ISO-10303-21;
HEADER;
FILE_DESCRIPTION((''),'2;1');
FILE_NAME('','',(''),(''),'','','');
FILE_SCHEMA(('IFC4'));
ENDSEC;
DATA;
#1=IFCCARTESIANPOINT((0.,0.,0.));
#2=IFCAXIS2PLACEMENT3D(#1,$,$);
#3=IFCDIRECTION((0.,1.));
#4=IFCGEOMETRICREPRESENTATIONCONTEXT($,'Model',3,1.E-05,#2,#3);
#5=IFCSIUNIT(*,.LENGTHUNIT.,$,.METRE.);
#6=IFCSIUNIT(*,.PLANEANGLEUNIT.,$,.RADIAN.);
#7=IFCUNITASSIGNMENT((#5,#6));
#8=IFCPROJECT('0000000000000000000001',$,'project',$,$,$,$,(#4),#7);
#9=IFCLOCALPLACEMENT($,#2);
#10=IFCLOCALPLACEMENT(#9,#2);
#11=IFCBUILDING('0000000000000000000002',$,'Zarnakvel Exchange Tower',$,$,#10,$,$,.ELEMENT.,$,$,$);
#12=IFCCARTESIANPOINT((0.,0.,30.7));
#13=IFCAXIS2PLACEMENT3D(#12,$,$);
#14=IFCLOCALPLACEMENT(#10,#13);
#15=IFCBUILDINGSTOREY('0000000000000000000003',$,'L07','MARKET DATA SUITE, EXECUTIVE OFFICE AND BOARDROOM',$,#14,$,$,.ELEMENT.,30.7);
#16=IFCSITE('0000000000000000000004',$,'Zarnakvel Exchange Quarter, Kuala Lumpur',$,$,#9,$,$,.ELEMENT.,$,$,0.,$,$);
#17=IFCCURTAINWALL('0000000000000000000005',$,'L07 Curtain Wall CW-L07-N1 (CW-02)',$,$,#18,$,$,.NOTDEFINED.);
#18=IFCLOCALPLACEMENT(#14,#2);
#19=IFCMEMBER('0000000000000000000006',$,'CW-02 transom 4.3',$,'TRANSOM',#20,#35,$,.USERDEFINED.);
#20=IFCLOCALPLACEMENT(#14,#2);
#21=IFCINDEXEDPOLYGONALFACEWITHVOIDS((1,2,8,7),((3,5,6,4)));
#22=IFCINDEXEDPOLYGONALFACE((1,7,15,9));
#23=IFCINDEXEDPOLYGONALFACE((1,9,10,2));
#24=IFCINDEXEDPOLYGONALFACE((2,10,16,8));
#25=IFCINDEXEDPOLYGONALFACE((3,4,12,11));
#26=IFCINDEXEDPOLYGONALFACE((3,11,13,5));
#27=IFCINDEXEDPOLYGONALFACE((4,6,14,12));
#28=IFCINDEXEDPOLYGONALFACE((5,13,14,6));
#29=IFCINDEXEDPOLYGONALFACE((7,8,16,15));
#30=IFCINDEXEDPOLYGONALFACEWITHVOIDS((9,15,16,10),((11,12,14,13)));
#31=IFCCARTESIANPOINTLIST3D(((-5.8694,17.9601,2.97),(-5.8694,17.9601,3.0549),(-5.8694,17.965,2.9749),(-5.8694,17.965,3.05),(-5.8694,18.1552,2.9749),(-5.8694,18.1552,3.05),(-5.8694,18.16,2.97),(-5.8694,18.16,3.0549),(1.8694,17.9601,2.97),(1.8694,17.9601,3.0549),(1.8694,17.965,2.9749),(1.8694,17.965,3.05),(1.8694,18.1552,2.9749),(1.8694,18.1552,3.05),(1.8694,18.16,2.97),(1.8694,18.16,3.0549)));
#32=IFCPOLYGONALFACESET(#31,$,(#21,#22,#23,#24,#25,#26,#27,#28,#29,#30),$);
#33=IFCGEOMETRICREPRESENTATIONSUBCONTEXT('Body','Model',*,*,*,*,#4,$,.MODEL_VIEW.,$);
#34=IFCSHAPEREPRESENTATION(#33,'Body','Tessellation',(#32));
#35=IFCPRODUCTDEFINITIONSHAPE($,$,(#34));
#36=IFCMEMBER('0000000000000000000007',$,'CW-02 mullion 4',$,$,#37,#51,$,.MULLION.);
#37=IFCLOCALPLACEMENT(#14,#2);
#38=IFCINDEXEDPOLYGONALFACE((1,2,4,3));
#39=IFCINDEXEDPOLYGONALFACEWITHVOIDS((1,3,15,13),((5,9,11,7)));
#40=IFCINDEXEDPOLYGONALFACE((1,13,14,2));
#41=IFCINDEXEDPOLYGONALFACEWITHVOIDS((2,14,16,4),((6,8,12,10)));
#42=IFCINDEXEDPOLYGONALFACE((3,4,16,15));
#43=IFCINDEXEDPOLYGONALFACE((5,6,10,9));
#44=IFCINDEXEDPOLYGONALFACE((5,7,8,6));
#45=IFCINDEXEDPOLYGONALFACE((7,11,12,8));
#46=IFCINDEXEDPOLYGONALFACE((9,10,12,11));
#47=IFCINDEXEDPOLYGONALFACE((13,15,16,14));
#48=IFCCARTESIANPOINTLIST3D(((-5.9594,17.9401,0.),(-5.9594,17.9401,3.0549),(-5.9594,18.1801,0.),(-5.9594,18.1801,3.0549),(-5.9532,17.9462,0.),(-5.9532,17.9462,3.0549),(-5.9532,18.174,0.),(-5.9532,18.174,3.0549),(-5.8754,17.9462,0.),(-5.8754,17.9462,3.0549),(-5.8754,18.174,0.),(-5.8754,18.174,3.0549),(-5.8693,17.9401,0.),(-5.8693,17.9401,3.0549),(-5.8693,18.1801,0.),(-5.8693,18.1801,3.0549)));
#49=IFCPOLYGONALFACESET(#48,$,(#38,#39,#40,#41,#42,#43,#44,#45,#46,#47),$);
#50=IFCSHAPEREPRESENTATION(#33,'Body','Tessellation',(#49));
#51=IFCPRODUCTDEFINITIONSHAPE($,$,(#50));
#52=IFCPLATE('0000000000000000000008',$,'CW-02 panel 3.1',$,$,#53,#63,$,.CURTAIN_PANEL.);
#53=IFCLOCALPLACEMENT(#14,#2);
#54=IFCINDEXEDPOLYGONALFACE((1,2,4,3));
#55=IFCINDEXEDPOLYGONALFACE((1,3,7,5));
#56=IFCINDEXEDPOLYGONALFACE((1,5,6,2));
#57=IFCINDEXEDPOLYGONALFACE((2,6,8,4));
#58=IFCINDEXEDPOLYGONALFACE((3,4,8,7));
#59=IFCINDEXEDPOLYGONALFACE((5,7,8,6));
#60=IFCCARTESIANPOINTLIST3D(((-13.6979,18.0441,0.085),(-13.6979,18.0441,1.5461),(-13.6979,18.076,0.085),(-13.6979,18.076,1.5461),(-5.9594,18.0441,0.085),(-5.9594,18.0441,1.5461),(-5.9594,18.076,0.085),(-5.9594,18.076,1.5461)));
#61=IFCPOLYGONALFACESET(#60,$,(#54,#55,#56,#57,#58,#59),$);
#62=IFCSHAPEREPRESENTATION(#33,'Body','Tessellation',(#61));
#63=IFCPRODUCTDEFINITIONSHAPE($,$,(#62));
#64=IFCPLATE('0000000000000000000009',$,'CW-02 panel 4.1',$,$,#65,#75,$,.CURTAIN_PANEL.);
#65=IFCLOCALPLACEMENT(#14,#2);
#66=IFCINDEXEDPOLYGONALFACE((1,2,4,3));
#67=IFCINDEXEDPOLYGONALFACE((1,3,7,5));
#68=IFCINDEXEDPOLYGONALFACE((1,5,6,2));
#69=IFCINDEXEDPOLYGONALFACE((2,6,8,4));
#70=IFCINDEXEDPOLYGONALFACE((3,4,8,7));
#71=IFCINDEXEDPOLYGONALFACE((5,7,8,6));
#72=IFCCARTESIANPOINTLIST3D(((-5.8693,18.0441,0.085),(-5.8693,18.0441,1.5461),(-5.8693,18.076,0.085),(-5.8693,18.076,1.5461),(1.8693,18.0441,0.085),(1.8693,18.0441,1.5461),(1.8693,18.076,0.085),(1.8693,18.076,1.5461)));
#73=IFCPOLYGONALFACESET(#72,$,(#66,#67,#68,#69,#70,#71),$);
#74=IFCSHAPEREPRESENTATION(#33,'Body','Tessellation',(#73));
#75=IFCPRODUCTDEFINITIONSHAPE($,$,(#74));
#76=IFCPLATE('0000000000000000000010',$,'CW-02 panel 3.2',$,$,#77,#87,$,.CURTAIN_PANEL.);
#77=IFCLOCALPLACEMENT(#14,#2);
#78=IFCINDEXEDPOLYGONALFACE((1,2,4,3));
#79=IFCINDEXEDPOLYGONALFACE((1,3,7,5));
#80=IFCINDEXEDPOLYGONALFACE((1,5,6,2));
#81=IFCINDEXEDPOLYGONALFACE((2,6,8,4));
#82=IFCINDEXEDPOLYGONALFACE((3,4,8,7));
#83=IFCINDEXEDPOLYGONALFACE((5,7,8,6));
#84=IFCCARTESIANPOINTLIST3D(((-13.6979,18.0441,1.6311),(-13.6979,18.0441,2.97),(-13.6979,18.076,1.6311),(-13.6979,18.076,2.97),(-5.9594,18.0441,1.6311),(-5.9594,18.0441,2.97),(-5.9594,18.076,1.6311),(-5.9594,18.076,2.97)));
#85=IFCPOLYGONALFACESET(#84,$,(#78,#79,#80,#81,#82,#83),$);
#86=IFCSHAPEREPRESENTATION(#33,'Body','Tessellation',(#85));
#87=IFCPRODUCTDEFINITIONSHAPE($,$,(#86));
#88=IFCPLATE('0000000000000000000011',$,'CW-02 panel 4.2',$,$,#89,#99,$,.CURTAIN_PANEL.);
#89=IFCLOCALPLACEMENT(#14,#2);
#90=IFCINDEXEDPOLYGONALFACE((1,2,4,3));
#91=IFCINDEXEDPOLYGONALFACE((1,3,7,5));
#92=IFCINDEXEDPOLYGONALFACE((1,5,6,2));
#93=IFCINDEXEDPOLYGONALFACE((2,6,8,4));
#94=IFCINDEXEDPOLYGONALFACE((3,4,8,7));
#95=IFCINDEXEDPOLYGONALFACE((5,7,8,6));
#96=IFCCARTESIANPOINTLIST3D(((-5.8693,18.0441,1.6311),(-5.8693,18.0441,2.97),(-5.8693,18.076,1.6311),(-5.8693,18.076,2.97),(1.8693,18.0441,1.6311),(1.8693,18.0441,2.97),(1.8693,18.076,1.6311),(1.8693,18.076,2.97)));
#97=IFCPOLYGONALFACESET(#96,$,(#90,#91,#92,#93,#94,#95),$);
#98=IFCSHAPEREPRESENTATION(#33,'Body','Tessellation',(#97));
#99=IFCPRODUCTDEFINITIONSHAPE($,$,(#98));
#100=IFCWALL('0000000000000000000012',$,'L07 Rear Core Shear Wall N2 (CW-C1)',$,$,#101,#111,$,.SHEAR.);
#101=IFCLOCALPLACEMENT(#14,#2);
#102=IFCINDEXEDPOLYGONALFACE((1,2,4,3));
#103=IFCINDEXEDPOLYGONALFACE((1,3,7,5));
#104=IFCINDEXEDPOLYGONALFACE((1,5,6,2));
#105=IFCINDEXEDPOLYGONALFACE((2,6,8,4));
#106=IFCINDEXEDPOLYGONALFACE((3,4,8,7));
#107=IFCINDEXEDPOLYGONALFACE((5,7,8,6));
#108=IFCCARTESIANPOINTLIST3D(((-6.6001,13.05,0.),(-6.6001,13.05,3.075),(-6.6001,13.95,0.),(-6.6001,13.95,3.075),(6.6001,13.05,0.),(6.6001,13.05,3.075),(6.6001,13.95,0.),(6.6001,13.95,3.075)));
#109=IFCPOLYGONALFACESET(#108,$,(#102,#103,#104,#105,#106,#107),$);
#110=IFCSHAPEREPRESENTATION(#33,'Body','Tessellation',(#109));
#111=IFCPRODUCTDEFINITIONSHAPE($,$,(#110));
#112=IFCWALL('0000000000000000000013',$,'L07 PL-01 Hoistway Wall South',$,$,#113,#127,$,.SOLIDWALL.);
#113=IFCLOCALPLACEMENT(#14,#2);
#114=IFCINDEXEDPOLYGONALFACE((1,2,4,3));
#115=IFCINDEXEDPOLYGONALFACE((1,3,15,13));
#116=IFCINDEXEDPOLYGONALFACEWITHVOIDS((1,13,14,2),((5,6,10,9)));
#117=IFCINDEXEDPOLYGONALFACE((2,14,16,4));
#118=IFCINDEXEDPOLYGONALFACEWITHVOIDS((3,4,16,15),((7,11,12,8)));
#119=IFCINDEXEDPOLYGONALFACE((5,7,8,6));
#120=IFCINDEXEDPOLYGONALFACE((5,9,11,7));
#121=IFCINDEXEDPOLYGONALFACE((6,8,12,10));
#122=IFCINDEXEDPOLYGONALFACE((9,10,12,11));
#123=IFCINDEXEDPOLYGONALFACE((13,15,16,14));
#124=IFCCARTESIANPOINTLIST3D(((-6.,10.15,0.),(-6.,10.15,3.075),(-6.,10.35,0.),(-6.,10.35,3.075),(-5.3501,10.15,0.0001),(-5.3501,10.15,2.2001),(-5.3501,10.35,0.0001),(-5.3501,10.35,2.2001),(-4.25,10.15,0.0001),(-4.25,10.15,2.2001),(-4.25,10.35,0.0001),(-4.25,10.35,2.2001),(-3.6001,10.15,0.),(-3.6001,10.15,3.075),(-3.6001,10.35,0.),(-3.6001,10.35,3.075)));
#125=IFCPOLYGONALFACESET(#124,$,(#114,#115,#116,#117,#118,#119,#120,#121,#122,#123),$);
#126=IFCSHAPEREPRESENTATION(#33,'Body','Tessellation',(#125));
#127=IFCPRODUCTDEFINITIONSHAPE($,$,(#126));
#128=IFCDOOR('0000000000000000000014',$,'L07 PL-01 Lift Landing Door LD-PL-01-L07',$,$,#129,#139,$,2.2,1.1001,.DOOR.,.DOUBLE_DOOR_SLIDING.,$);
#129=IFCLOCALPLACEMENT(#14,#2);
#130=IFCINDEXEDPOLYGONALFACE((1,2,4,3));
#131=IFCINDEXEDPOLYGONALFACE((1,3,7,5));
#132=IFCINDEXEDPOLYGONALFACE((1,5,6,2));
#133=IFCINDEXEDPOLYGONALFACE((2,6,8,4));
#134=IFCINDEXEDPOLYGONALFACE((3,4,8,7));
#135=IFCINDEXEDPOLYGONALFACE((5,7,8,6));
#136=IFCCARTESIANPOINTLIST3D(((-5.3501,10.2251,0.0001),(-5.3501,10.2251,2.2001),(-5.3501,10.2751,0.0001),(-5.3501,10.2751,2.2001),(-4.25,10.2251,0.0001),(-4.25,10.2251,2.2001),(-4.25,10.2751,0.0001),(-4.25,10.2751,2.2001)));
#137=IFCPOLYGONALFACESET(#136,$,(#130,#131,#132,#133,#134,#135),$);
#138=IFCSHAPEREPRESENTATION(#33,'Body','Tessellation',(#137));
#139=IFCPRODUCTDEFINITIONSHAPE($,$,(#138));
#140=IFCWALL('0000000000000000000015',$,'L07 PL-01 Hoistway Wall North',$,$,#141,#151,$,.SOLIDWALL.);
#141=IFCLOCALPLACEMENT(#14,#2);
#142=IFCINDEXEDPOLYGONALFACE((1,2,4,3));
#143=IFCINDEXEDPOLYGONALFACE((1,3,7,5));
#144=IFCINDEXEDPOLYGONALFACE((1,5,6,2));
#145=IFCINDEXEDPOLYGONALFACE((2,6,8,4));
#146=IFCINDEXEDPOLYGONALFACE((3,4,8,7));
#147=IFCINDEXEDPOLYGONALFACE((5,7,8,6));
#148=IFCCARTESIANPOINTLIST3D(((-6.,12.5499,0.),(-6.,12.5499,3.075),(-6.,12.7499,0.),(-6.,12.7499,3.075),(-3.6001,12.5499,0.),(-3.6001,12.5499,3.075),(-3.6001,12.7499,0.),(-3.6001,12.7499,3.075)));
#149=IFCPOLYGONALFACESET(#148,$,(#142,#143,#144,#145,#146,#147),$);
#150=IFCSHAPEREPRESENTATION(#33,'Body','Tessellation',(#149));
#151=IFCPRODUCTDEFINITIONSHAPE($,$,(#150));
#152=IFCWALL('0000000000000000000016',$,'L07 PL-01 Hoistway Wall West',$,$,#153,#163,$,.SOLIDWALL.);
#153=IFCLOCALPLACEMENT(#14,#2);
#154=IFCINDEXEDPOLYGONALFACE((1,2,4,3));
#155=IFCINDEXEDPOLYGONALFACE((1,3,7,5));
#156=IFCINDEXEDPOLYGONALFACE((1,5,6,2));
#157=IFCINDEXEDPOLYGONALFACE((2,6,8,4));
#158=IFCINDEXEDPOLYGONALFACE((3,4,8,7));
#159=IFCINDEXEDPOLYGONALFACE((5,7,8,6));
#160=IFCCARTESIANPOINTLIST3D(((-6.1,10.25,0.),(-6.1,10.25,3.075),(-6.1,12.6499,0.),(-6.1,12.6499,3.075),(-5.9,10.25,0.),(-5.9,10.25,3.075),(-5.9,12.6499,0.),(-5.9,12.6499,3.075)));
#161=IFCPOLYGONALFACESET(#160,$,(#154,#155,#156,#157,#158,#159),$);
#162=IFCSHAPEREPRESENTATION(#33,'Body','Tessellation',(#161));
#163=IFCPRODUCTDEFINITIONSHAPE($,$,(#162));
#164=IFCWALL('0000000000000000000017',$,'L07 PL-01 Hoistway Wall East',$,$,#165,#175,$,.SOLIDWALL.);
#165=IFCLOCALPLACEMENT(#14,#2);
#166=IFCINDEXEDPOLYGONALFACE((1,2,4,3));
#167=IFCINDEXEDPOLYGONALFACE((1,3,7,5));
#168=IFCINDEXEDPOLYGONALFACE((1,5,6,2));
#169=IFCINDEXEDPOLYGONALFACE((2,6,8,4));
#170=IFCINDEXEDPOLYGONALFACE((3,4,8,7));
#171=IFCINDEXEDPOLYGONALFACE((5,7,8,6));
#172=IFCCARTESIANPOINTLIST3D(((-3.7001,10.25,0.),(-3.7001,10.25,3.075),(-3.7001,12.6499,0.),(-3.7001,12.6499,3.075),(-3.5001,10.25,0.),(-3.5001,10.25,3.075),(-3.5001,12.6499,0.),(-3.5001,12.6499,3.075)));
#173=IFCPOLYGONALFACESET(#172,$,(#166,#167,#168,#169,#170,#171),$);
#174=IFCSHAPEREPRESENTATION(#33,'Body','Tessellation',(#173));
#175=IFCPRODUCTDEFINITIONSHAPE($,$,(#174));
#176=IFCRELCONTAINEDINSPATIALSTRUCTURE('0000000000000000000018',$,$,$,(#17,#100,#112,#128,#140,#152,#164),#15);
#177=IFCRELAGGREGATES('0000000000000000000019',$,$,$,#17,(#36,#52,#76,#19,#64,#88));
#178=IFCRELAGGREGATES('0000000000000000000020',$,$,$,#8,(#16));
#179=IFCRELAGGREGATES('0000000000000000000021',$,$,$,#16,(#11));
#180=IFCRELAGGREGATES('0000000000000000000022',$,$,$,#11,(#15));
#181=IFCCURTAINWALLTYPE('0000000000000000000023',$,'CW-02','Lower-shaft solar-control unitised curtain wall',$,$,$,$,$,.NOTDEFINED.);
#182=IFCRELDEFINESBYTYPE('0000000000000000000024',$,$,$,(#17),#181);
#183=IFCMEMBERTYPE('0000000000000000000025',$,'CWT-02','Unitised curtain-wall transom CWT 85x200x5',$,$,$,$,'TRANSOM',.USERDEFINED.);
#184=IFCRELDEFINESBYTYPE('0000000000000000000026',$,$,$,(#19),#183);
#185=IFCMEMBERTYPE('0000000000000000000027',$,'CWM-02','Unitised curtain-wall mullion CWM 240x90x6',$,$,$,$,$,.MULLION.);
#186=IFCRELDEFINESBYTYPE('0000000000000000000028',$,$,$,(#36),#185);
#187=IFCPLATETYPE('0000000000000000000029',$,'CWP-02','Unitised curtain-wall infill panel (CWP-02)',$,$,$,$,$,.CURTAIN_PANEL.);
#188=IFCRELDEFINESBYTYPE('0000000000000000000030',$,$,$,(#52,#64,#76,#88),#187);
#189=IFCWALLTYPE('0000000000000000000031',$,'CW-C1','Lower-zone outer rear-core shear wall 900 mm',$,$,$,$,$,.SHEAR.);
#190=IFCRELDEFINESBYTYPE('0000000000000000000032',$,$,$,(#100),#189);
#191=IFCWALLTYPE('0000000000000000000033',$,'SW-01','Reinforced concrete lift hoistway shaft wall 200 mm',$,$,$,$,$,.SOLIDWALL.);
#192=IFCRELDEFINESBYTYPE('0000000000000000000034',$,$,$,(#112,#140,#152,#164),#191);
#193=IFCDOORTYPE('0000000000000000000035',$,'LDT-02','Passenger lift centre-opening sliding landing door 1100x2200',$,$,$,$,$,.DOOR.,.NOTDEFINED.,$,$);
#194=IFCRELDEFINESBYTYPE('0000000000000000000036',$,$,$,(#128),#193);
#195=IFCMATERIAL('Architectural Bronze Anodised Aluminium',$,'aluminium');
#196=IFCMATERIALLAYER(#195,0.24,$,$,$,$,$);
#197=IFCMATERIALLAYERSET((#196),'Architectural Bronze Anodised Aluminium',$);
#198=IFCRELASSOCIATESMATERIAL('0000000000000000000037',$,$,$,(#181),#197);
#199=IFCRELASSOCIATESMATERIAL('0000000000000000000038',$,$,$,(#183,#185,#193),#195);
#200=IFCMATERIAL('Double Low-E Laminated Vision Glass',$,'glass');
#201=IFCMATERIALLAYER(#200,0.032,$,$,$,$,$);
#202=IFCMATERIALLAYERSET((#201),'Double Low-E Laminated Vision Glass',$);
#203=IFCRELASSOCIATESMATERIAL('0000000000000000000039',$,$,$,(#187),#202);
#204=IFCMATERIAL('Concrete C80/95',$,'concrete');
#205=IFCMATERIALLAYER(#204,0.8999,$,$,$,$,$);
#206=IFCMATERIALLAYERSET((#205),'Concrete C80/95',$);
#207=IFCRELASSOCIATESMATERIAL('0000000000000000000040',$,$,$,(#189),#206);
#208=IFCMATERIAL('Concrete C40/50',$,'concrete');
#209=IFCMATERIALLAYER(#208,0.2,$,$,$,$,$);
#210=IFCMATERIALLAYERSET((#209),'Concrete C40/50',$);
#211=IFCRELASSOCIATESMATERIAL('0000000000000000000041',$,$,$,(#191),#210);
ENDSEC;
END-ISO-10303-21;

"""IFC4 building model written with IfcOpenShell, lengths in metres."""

from ifc_helpers import new_model, si_unit, direction, frame, frame_2d, origin, origin_2d, place, context, subcontext, project, spatial, rectangle, hollow_rectangle, extrude, source, transform, mapped, material, layer, layer_set, material_profile, profile_set, type_object, element, fill, aggregate, save


model = new_model("IFC4")

# Units and contexts
model_context = context("Model", 3, precision=1e-05, world=origin(), true_north=direction((0.0, 1.0)))
body_context = subcontext(model_context, "Body", "Model", "MODEL_VIEW")
ifc_project = project(units=[si_unit("LENGTHUNIT", "METRE"), si_unit("PLANEANGLEUNIT", "RADIAN")], contexts=[model_context])

# Site, building, storey
site_placement = place(None, origin())
site = spatial("IfcSite", under=ifc_project, at=site_placement, Name="Zarnakvel Exchange Quarter, Kuala Lumpur", CompositionType="ELEMENT", RefElevation=0.0)
building_placement = place(site_placement, origin())
building = spatial("IfcBuilding", under=site, at=building_placement, Name="Zarnakvel Exchange Tower", CompositionType="ELEMENT")
storey_placement = place(building_placement, frame((0.0, 0.0, 30.7)))
storey = spatial("IfcBuildingStorey", under=building, at=storey_placement, Name="L07", Description="MARKET DATA SUITE, EXECUTIVE OFFICE AND BOARDROOM", CompositionType="ELEMENT", Elevation=30.7)

# Shared definitions
ifc_material_1 = material(Name="Concrete C80/95", Category="concrete")

# Curtain wall, members, plates
ifc_material_2 = material(Name="Architectural Bronze Anodised Aluminium", Category="aluminium")
ifc_layer_1 = layer(ifc_material_2, 0.24)
ifc_layer_set_1 = layer_set([ifc_layer_1], Name="Architectural Bronze Anodised Aluminium")
curtain_wall_type = type_object("IfcCurtainWallType", Name="CW-02", Description="Lower-shaft solar-control unitised curtain wall", PredefinedType="NOTDEFINED", material=ifc_layer_set_1)
curtain_wall_placement = place(storey_placement, origin())
curtain_wall = element("IfcCurtainWall", 1, at=curtain_wall_placement, inside=storey, type_object=curtain_wall_type, Name="L07 Curtain Wall CW-L07-N1 (CW-02)", PredefinedType="NOTDEFINED")
ifc_material_profile_1 = material_profile(ifc_material_2, hollow_rectangle(XDim=0.2, YDim=0.085, WallThickness=0.0049, at=origin_2d()))
ifc_profile_set_1 = profile_set([ifc_material_profile_1], Name="Architectural Bronze Anodised Aluminium")
member_type_1 = type_object("IfcMemberType", Name="CWT-02", Description="Unitised curtain-wall transom CWT 85x200x5", ElementType="TRANSOM", PredefinedType="USERDEFINED", material=ifc_profile_set_1)
shared_shape_1 = source(origin(), body_context, "Body", "SweptSolid", [
    extrude(hollow_rectangle(XDim=0.2, YDim=0.085, WallThickness=0.0049, at=origin_2d()), origin(), (0.0, 0.0, 1.0), 7.7388),
])
member_1_placement = place(storey_placement, frame((-5.8694, 18.0601, 3.0125), z_axis=(1.0, 0.0, 0.0), x_axis=(0.0, 1.0, 0.0)))
member_1 = element("IfcMember", 2, at=member_1_placement, type_object=member_type_1, Name="CW-02 transom 4.3", ObjectType="TRANSOM", PredefinedType="USERDEFINED", context=body_context, shape_type="MappedRepresentation", body=[
    mapped(shared_shape_1, transform((0.0, 0.0, 0.0), x_axis=(1.0, 0.0, 0.0), y_axis=(0.0, 1.0, 0.0), z_axis=(0.0, 0.0, 1.0), scale=1.0)),
])
ifc_material_profile_2 = material_profile(ifc_material_2, hollow_rectangle(XDim=0.24, YDim=0.0901, WallThickness=0.0061, at=origin_2d()))
ifc_profile_set_2 = profile_set([ifc_material_profile_2], Name="Architectural Bronze Anodised Aluminium")
member_type_2 = type_object("IfcMemberType", Name="CWM-02", Description="Unitised curtain-wall mullion CWM 240x90x6", PredefinedType="MULLION", material=ifc_profile_set_2)
shared_shape_2 = source(origin(), body_context, "Body", "SweptSolid", [
    extrude(hollow_rectangle(XDim=0.24, YDim=0.0901, WallThickness=0.0061, at=origin_2d()), origin(), (0.0, 0.0, 1.0), 3.0549),
])
member_2_placement = place(storey_placement, frame((-5.9143, 18.0601, 0.0), z_axis=(0.0, 0.0, 1.0), x_axis=(0.0, 1.0, 0.0)))
member_2 = element("IfcMember", 3, at=member_2_placement, type_object=member_type_2, Name="CW-02 mullion 4", PredefinedType="MULLION", context=body_context, shape_type="MappedRepresentation", body=[
    mapped(shared_shape_2, transform((0.0, 0.0, 0.0), x_axis=(1.0, 0.0, 0.0), y_axis=(0.0, 1.0, 0.0), z_axis=(0.0, 0.0, 1.0), scale=1.0)),
])
ifc_material_3 = material(Name="Double Low-E Laminated Vision Glass", Category="glass")
ifc_layer_2 = layer(ifc_material_3, 0.032)
ifc_layer_set_2 = layer_set([ifc_layer_2], Name="Double Low-E Laminated Vision Glass")
plate_type = type_object("IfcPlateType", Name="CWP-02", Description="Unitised curtain-wall infill panel (CWP-02)", PredefinedType="CURTAIN_PANEL", material=ifc_layer_set_2)
shared_shape_3 = source(origin(), body_context, "Body", "SweptSolid", [
    extrude(rectangle(XDim=7.7385, YDim=0.032, at=origin_2d()), origin(), (0.0, 0.0, 1.0), 1.4612),
])
plate_1_placement = place(storey_placement, frame((-9.8286, 18.0601, 0.085), z_axis=(0.0, 0.0, 1.0), x_axis=(1.0, 0.0, 0.0)))
plate_1 = element("IfcPlate", 4, at=plate_1_placement, type_object=plate_type, Name="CW-02 panel 3.1", PredefinedType="CURTAIN_PANEL", context=body_context, shape_type="MappedRepresentation", body=[
    mapped(shared_shape_3, transform((0.0, 0.0, 0.0), x_axis=(1.0, 0.0, 0.0), y_axis=(0.0, 1.0, 0.0), z_axis=(0.0, 0.0, 1.0), scale=1.0)),
])
plate_2_placement = place(storey_placement, frame((-2.0, 18.0601, 0.085), z_axis=(0.0, 0.0, 1.0), x_axis=(1.0, 0.0, 0.0)))
plate_2 = element("IfcPlate", 5, at=plate_2_placement, type_object=plate_type, Name="CW-02 panel 4.1", PredefinedType="CURTAIN_PANEL", context=body_context, shape_type="MappedRepresentation", body=[
    mapped(shared_shape_3, transform((0.0, 0.0, 0.0), x_axis=(1.0, 0.0, 0.0), y_axis=(0.0, 1.0, 0.0), z_axis=(0.0, 0.0, 1.0), scale=1.0)),
])
shared_shape_4 = source(origin(), body_context, "Body", "SweptSolid", [
    extrude(rectangle(XDim=7.7385, YDim=0.032, at=origin_2d()), origin(), (0.0, 0.0, 1.0), 1.3389),
])
plate_3_placement = place(storey_placement, frame((-9.8286, 18.0601, 1.6311), z_axis=(0.0, 0.0, 1.0), x_axis=(1.0, 0.0, 0.0)))
plate_3 = element("IfcPlate", 6, at=plate_3_placement, type_object=plate_type, Name="CW-02 panel 3.2", PredefinedType="CURTAIN_PANEL", context=body_context, shape_type="MappedRepresentation", body=[
    mapped(shared_shape_4, transform((0.0, 0.0, 0.0), x_axis=(1.0, 0.0, 0.0), y_axis=(0.0, 1.0, 0.0), z_axis=(0.0, 0.0, 1.0), scale=1.0)),
])
plate_4_placement = place(storey_placement, frame((-2.0, 18.0601, 1.6311), z_axis=(0.0, 0.0, 1.0), x_axis=(1.0, 0.0, 0.0)))
plate_4 = element("IfcPlate", 7, at=plate_4_placement, type_object=plate_type, Name="CW-02 panel 4.2", PredefinedType="CURTAIN_PANEL", context=body_context, shape_type="MappedRepresentation", body=[
    mapped(shared_shape_4, transform((0.0, 0.0, 0.0), x_axis=(1.0, 0.0, 0.0), y_axis=(0.0, 1.0, 0.0), z_axis=(0.0, 0.0, 1.0), scale=1.0)),
])
aggregate(curtain_wall, [member_2, plate_1, plate_3, member_1, plate_2, plate_4])

# Wall
ifc_layer_3 = layer(ifc_material_1, 0.8999)
ifc_layer_set_3 = layer_set([ifc_layer_3], Name="Concrete C80/95")
wall_type_1 = type_object("IfcWallType", Name="CW-C1", Description="Lower-zone outer rear-core shear wall 900 mm", PredefinedType="SHEAR", material=ifc_layer_set_3)
wall_1_placement = place(storey_placement, frame((-6.6001, 13.5, 0.0), z_axis=(0.0, 0.0, 1.0), x_axis=(1.0, 0.0, 0.0)))
element("IfcWall", 8, at=wall_1_placement, inside=storey, type_object=wall_type_1, Name="L07 Rear Core Shear Wall N2 (CW-C1)", PredefinedType="SHEAR", context=body_context, shape_type="SweptSolid", body=[
    extrude(rectangle(XDim=13.2002, YDim=0.8999, at=frame_2d((6.6001, 0.0))), origin(), (0.0, 0.0, 1.0), 3.075),
])

# Wall, opening, door
ifc_material_4 = material(Name="Concrete C40/50", Category="concrete")
ifc_layer_4 = layer(ifc_material_4, 0.2)
ifc_layer_set_4 = layer_set([ifc_layer_4], Name="Concrete C40/50")
wall_type_2 = type_object("IfcWallType", Name="SW-01", Description="Reinforced concrete lift hoistway shaft wall 200 mm", PredefinedType="SOLIDWALL", material=ifc_layer_set_4)
wall_2_placement = place(storey_placement, frame((-3.6001, 10.25, 0.0), z_axis=(0.0, 0.0, 1.0), x_axis=(-1.0, 0.0, 0.0)))
wall_2 = element("IfcWall", 9, at=wall_2_placement, inside=storey, type_object=wall_type_2, Name="L07 PL-01 Hoistway Wall South", PredefinedType="SOLIDWALL", context=body_context, shape_type="SweptSolid", body=[
    extrude(rectangle(XDim=2.3999, YDim=0.2, at=frame_2d((1.2, 0.0))), origin(), (0.0, 0.0, 1.0), 3.075),
])
opening_placement = place(wall_2_placement, frame((0.6499, 0.0, 0.0)))
opening = element("IfcOpeningElement", 10, at=opening_placement, cuts=wall_2, PredefinedType="OPENING", context=body_context, shape_type="SweptSolid", body=[
    extrude(rectangle(XDim=1.1001, YDim=2.2, at=frame_2d((0.55, 1.1001))), frame((0.0, 0.1099, 0.0), z_axis=(0.0, -1.0, 0.0), x_axis=(1.0, 0.0, 0.0)), (0.0, 0.0, 1.0), 0.22),
])
door_type = type_object("IfcDoorType", Name="LDT-02", Description="Passenger lift centre-opening sliding landing door 1100x2200", OperationType="NOTDEFINED", PredefinedType="DOOR", material=ifc_material_2)
shared_shape_5 = source(origin(), body_context, "Body", "SweptSolid", [
    extrude(rectangle(XDim=1.1001, YDim=2.2, at=frame_2d((0.55, 1.1001))), frame((0.0, 0.0249, 0.0), z_axis=(0.0, -1.0, 0.0), x_axis=(1.0, 0.0, 0.0)), (0.0, 0.0, 1.0), 0.05),
])
door_placement = place(opening_placement, origin())
door = element("IfcDoor", 11, at=door_placement, inside=storey, type_object=door_type, Name="L07 PL-01 Lift Landing Door LD-PL-01-L07", OperationType="DOUBLE_DOOR_SLIDING", OverallHeight=2.2, OverallWidth=1.1001, PredefinedType="DOOR", context=body_context, shape_type="MappedRepresentation", body=[
    mapped(shared_shape_5, transform((0.0, 0.0, 0.0), x_axis=(1.0, 0.0, 0.0), y_axis=(0.0, 1.0, 0.0), z_axis=(0.0, 0.0, 1.0), scale=1.0)),
])
fill(opening, door)

# Walls
for number, where, z_axis, x_axis, name in (
    (12, (-6.0, 12.6499, 0.0), (0.0, 0.0, 1.0), (1.0, 0.0, 0.0), "L07 PL-01 Hoistway Wall North"),
    (13, (-6.0, 10.25, 0.0), (0.0, 0.0, 1.0), (0.0, 1.0, 0.0), "L07 PL-01 Hoistway Wall West"),
    (14, (-3.6001, 12.6499, 0.0), (0.0, 0.0, 1.0), (0.0, -1.0, 0.0), "L07 PL-01 Hoistway Wall East"),
):
    element("IfcWall", number, at=place(storey_placement, frame(where, z_axis=z_axis, x_axis=x_axis)), inside=storey, type_object=wall_type_2, Name=name, PredefinedType="SOLIDWALL", context=body_context, shape_type="SweptSolid", body=[
        extrude(rectangle(XDim=2.3999, YDim=0.2, at=frame_2d((1.2, 0.0))), origin(), (0.0, 0.0, 1.0), 3.075),
    ])

save(model, "model.ifc")
